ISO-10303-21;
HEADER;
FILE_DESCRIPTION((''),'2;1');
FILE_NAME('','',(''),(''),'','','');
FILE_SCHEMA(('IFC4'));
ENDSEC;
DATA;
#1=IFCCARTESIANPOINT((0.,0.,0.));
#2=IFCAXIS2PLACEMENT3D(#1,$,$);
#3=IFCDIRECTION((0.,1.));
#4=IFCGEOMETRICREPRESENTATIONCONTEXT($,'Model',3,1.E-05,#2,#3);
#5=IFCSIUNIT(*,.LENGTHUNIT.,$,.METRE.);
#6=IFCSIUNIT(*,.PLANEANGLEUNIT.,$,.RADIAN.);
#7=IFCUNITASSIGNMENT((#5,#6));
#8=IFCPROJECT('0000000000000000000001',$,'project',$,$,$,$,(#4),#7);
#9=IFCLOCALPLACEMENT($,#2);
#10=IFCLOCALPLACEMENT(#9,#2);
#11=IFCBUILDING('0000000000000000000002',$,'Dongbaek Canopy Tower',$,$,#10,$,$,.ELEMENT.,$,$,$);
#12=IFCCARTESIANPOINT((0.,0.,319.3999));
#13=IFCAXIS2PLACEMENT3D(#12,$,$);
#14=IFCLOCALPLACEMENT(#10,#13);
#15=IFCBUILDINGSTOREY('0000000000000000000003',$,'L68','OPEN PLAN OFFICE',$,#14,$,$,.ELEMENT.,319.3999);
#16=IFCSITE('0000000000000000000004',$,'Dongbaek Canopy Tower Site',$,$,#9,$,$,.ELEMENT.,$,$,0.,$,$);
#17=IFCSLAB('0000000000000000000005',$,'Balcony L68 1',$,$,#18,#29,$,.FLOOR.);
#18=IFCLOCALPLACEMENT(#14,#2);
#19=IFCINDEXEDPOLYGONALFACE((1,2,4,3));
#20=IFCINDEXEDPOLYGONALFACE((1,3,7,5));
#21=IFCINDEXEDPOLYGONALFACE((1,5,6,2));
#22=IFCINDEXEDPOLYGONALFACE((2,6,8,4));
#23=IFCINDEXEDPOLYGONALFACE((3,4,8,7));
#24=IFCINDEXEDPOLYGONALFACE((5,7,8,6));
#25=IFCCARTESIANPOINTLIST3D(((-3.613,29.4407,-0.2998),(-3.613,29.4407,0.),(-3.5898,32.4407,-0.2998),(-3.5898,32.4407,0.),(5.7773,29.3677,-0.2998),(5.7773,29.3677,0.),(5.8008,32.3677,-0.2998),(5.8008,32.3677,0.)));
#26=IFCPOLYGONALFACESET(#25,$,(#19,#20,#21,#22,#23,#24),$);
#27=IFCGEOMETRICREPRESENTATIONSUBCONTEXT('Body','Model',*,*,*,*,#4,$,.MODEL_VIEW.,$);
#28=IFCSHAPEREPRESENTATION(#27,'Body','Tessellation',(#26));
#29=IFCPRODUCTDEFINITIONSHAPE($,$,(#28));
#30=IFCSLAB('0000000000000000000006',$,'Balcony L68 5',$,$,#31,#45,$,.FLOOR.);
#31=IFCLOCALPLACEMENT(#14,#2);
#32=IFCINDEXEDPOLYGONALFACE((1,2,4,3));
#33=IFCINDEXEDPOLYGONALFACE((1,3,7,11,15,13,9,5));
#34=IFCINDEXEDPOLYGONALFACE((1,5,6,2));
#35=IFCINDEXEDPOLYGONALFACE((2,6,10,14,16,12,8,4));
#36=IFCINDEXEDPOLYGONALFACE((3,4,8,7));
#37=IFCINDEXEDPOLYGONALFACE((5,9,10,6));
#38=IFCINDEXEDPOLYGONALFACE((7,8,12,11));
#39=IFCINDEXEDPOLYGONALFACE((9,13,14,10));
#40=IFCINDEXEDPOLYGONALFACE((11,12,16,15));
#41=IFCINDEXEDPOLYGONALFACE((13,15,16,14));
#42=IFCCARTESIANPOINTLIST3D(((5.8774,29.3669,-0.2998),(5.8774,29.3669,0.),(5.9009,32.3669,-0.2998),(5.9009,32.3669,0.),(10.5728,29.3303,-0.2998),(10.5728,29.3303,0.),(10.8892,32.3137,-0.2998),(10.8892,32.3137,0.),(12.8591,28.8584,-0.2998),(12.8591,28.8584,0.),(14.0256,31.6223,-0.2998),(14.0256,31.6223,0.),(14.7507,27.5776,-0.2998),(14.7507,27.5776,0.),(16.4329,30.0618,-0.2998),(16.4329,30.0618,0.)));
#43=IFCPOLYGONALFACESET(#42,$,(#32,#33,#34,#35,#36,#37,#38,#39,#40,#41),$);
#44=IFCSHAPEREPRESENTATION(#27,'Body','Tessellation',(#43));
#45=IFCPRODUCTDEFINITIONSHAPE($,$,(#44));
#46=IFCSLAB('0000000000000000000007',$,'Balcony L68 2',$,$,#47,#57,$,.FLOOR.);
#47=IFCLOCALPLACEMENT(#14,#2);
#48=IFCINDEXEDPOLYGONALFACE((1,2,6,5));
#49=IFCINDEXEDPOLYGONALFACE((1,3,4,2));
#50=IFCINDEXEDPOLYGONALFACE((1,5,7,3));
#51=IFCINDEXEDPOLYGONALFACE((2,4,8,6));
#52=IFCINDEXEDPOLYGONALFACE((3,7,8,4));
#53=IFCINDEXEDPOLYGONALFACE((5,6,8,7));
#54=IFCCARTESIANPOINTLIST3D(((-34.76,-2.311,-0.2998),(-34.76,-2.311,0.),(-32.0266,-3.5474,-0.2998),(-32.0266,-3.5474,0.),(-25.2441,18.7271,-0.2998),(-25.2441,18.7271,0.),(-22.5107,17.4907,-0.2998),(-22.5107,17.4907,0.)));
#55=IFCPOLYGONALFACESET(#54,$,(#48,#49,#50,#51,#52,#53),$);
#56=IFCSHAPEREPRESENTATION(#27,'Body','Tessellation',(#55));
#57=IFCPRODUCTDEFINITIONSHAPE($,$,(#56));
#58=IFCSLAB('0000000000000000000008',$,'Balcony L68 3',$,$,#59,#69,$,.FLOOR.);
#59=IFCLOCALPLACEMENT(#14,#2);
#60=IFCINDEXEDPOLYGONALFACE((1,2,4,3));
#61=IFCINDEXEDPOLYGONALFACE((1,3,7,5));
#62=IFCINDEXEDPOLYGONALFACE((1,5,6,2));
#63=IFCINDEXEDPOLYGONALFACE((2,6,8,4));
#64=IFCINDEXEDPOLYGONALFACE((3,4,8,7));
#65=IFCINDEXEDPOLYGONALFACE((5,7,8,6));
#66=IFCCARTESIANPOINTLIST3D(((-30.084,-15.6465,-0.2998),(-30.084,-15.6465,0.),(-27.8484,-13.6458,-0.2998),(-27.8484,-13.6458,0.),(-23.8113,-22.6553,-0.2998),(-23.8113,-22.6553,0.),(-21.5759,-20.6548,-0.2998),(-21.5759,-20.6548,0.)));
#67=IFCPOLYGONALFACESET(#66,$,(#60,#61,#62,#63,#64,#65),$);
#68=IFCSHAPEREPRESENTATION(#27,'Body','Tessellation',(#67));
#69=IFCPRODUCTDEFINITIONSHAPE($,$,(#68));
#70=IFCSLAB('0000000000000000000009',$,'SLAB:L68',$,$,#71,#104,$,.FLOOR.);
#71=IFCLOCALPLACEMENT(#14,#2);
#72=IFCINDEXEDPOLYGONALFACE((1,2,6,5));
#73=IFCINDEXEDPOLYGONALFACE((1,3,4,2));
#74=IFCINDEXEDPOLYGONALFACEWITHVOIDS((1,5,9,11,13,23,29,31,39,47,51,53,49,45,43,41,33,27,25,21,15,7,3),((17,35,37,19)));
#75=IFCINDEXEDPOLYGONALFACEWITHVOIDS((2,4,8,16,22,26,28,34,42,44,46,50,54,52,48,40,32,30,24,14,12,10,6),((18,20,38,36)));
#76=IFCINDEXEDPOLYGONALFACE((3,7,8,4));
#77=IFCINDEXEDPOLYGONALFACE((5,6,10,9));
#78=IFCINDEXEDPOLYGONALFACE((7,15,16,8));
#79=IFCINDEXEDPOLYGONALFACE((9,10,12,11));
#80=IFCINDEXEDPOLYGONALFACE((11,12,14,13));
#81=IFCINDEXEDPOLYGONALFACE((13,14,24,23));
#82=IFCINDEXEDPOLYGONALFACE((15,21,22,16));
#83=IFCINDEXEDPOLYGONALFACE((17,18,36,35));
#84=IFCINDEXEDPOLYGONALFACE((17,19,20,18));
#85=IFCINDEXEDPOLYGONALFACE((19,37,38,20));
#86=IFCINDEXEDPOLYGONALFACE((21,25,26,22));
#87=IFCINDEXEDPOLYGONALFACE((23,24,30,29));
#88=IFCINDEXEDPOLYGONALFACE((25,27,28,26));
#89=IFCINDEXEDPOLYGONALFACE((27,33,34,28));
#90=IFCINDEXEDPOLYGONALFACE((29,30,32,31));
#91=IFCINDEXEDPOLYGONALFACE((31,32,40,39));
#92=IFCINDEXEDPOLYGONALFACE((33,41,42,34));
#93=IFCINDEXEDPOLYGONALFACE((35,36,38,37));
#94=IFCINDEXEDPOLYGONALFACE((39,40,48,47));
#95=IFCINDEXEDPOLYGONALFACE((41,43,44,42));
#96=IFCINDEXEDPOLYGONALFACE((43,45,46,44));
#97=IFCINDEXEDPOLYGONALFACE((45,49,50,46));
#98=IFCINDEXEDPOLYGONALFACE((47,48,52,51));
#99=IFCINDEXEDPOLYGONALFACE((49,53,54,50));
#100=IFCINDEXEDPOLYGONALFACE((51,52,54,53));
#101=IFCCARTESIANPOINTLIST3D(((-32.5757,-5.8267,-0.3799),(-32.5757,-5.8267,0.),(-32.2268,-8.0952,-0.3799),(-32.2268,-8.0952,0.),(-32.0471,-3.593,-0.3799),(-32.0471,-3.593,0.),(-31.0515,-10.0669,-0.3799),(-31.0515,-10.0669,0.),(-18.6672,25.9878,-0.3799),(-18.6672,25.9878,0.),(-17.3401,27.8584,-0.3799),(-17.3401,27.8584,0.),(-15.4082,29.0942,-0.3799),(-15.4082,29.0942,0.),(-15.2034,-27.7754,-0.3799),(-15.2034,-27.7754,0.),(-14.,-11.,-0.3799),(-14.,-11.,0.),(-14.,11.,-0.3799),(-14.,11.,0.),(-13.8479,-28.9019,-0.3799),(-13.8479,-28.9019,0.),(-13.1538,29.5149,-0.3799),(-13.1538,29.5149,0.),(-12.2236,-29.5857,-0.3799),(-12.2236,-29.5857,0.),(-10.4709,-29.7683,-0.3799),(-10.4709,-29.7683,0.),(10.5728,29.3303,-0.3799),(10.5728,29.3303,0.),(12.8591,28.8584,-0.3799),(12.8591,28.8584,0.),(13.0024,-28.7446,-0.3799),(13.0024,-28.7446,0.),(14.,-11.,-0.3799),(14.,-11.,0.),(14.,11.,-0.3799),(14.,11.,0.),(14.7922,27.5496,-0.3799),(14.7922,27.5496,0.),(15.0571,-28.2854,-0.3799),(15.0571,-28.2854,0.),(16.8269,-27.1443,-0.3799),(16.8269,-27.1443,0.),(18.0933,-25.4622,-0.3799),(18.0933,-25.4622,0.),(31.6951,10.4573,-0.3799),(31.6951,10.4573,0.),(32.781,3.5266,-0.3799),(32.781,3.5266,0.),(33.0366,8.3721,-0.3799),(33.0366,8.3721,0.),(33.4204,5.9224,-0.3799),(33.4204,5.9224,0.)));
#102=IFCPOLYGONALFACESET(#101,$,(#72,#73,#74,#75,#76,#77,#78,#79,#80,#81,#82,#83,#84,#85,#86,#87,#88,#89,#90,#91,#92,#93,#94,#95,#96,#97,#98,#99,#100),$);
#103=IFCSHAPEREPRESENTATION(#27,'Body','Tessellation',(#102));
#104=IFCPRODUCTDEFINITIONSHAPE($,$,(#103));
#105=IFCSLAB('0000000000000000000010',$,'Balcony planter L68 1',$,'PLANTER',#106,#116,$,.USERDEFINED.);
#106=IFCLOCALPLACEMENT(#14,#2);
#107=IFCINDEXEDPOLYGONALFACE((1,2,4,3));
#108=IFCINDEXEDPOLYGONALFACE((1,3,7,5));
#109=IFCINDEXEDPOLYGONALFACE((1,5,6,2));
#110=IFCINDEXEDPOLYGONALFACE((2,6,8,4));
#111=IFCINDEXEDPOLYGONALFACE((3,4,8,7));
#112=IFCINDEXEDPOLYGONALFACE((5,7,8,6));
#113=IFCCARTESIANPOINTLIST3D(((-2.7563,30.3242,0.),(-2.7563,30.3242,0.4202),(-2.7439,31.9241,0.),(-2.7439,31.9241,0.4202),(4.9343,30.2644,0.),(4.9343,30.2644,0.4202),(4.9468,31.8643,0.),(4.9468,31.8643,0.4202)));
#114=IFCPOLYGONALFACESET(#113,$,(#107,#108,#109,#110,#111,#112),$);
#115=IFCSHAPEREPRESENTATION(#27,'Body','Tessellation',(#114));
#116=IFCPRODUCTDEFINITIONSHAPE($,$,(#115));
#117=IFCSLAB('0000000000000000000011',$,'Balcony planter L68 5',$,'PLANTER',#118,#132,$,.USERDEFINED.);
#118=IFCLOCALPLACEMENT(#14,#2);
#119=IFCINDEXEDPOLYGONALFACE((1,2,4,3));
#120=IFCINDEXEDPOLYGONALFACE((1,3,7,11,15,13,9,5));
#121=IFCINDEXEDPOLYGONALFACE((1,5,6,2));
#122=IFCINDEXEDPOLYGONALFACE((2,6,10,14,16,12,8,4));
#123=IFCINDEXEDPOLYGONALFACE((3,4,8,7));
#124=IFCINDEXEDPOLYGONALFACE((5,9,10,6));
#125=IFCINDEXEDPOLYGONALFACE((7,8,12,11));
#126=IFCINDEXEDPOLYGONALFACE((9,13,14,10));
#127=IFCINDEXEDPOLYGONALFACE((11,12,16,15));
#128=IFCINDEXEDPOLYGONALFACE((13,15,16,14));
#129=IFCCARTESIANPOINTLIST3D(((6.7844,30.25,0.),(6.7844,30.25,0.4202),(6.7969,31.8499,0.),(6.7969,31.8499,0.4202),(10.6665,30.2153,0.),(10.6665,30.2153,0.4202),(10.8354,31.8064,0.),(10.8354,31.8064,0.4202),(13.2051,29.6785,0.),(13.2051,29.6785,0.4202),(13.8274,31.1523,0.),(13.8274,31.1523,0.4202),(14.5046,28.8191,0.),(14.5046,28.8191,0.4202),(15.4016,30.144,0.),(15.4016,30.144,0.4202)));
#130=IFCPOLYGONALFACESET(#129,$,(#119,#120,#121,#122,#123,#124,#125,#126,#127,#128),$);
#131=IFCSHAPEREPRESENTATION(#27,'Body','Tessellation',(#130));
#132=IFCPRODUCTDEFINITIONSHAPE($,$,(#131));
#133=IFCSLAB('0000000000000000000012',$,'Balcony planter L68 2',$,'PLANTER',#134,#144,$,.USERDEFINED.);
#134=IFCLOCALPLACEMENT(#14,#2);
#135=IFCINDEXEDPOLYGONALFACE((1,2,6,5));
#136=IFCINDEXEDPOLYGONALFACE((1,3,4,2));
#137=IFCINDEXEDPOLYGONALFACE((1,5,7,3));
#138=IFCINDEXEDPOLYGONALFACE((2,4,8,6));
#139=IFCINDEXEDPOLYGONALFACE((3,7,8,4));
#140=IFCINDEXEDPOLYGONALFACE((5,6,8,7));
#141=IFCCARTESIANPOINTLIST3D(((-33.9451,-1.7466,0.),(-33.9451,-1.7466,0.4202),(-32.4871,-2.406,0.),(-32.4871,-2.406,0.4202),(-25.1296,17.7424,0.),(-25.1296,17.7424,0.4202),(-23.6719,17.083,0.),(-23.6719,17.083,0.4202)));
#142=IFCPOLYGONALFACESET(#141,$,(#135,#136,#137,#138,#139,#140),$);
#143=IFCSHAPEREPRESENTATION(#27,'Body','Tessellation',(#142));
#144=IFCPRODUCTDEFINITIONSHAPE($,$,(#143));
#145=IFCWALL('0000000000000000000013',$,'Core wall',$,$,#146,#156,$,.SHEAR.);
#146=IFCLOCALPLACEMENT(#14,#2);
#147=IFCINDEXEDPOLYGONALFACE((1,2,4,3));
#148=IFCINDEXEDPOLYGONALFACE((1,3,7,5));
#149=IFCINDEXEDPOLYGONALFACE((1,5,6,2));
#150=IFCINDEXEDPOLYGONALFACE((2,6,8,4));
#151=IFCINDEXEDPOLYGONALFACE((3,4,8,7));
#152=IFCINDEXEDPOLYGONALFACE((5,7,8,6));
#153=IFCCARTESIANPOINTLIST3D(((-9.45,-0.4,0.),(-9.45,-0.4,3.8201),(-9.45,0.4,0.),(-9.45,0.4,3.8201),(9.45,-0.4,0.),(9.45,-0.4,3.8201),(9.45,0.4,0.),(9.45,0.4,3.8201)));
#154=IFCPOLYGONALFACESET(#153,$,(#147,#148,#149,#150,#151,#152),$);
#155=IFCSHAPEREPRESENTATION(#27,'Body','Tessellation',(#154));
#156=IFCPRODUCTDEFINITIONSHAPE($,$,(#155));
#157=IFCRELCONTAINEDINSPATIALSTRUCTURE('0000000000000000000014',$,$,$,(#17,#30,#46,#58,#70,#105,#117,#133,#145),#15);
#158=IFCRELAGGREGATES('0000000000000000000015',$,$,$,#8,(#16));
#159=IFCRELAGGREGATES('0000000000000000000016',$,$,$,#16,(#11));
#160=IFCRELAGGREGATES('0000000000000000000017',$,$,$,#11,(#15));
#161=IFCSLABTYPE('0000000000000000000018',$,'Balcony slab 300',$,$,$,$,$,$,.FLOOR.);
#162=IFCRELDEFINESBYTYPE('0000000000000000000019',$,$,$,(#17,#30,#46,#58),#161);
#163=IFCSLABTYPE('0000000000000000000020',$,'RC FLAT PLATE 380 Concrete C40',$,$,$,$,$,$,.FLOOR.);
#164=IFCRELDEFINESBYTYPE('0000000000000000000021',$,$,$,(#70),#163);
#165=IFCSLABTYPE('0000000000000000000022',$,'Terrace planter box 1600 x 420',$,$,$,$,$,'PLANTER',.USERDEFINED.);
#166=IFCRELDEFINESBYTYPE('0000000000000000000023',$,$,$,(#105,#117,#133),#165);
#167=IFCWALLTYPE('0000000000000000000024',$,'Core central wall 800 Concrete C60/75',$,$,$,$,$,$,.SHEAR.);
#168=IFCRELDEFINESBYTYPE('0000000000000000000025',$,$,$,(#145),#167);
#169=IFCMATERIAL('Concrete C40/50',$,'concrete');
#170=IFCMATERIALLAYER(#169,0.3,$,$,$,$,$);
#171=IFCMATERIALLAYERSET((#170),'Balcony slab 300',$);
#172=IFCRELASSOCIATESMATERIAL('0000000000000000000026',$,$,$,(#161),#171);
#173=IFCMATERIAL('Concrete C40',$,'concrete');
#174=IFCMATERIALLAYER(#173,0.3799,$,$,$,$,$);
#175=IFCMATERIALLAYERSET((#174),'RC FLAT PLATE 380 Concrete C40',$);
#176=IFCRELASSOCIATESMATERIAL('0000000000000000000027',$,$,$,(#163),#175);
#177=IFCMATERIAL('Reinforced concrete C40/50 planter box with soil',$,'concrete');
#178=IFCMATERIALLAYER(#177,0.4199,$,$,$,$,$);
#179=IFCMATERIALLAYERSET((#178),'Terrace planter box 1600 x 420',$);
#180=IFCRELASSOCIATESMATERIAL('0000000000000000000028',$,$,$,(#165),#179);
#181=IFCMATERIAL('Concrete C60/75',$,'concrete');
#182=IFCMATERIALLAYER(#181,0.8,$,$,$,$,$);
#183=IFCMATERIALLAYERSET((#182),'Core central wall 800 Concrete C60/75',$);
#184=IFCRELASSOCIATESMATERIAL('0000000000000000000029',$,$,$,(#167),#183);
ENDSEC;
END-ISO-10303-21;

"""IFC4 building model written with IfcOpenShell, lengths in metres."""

from ifc_helpers import new_model, si_unit, direction, frame, frame_2d, origin, place, context, subcontext, project, spatial, polyline, rectangle, outline, extrude, material, layer, layer_set, type_object, element, save


model = new_model("IFC4")

# Units and contexts
model_context = context("Model", 3, precision=1e-05, world=origin(), true_north=direction((0.0, 1.0)))
body_context = subcontext(model_context, "Body", "Model", "MODEL_VIEW")
ifc_project = project(units=[si_unit("LENGTHUNIT", "METRE"), si_unit("PLANEANGLEUNIT", "RADIAN")], contexts=[model_context])

# Site, building, storey
site_placement = place(None, origin())
site = spatial("IfcSite", under=ifc_project, at=site_placement, Name="Dongbaek Canopy Tower Site", CompositionType="ELEMENT", RefElevation=0.0)
building_placement = place(site_placement, origin())
building = spatial("IfcBuilding", under=site, at=building_placement, Name="Dongbaek Canopy Tower", CompositionType="ELEMENT")
storey_placement = place(building_placement, frame((0.0, 0.0, 319.3999)))
storey = spatial("IfcBuildingStorey", under=building, at=storey_placement, Name="L68", Description="OPEN PLAN OFFICE", CompositionType="ELEMENT", Elevation=319.3999)

# Slabs
ifc_material_1 = material(Name="Concrete C40/50", Category="concrete")
ifc_layer_1 = layer(ifc_material_1, 0.3)
ifc_layer_set_1 = layer_set([ifc_layer_1], Name="Balcony slab 300")
slab_type_1 = type_object("IfcSlabType", Name="Balcony slab 300", PredefinedType="FLOOR", material=ifc_layer_set_1)
slab_1_placement = place(storey_placement, frame((0.0, 0.0, -0.2998)))
element("IfcSlab", 1, at=slab_1_placement, inside=storey, type_object=slab_type_1, Name="Balcony L68 1", PredefinedType="FLOOR", context=body_context, shape_type="SweptSolid", body=[
    extrude(outline(polyline([(5.7773, 29.3677), (-3.613, 29.4407), (-3.5898, 32.4407), (5.8008, 32.3677), (5.7773, 29.3677)])), origin(), (0.0, 0.0, 1.0), 0.2998),
])
slab_2_placement = place(storey_placement, frame((0.0, 0.0, -0.2998)))
element("IfcSlab", 2, at=slab_2_placement, inside=storey, type_object=slab_type_1, Name="Balcony L68 5", PredefinedType="FLOOR", context=body_context, shape_type="SweptSolid", body=[
    extrude(outline(polyline([(14.7507, 27.5776), (12.8591, 28.8584), (10.5728, 29.3303), (5.8774, 29.3669), (5.9009, 32.3669), (10.8892, 32.3137), (14.0256, 31.6223), (16.4329, 30.0618), (14.7507, 27.5776)])), origin(), (0.0, 0.0, 1.0), 0.2998),
])
slab_3_placement = place(storey_placement, frame((0.0, 0.0, -0.2998)))
element("IfcSlab", 3, at=slab_3_placement, inside=storey, type_object=slab_type_1, Name="Balcony L68 2", PredefinedType="FLOOR", context=body_context, shape_type="SweptSolid", body=[
    extrude(outline(polyline([(-22.5107, 17.4907), (-32.0266, -3.5474), (-34.76, -2.311), (-25.2441, 18.7271), (-22.5107, 17.4907)])), origin(), (0.0, 0.0, 1.0), 0.2998),
])
slab_4_placement = place(storey_placement, frame((0.0, 0.0, -0.2998)))
element("IfcSlab", 4, at=slab_4_placement, inside=storey, type_object=slab_type_1, Name="Balcony L68 3", PredefinedType="FLOOR", context=body_context, shape_type="SweptSolid", body=[
    extrude(outline(polyline([(-27.8484, -13.6458), (-21.5759, -20.6548), (-23.8113, -22.6553), (-30.084, -15.6465), (-27.8484, -13.6458)])), origin(), (0.0, 0.0, 1.0), 0.2998),
])
ifc_material_2 = material(Name="Concrete C40", Category="concrete")
ifc_layer_2 = layer(ifc_material_2, 0.3799)
ifc_layer_set_2 = layer_set([ifc_layer_2], Name="RC FLAT PLATE 380 Concrete C40")
slab_type_2 = type_object("IfcSlabType", Name="RC FLAT PLATE 380 Concrete C40", PredefinedType="FLOOR", material=ifc_layer_set_2)
slab_5_placement = place(storey_placement, frame((0.0, 0.0, -0.3799)))
element("IfcSlab", 5, at=slab_5_placement, inside=storey, type_object=slab_type_2, Name="SLAB:L68", PredefinedType="FLOOR", context=body_context, shape_type="SweptSolid", body=[
    extrude(outline(polyline([(18.0933, -25.4622), (16.8269, -27.1443), (15.0571, -28.2854), (13.0024, -28.7446), (-10.4709, -29.7683), (-12.2236, -29.5857), (-13.8479, -28.9019), (-15.2034, -27.7754), (-31.0515, -10.0669), (-32.2268, -8.0952), (-32.5757, -5.8267), (-32.0471, -3.593), (-18.6672, 25.9878), (-17.3401, 27.8584), (-15.4082, 29.0942), (-13.1538, 29.5149), (10.5728, 29.3303), (12.8591, 28.8584), (14.7922, 27.5496), (31.6951, 10.4573), (33.0366, 8.3721), (33.4204, 5.9224), (32.781, 3.5266), (18.0933, -25.4622)]), holes=[polyline([(14.0, 11.0), (-14.0, 11.0), (-14.0, -11.0), (14.0, -11.0), (14.0, 11.0)])]), origin(), (0.0, 0.0, 1.0), 0.3799),
])
ifc_material_3 = material(Name="Reinforced concrete C40/50 planter box with soil", Category="concrete")
ifc_layer_3 = layer(ifc_material_3, 0.4199)
ifc_layer_set_3 = layer_set([ifc_layer_3], Name="Terrace planter box 1600 x 420")
slab_type_3 = type_object("IfcSlabType", Name="Terrace planter box 1600 x 420", ElementType="PLANTER", PredefinedType="USERDEFINED", material=ifc_layer_set_3)
slab_6_placement = place(storey_placement, origin())
element("IfcSlab", 6, at=slab_6_placement, inside=storey, type_object=slab_type_3, Name="Balcony planter L68 1", ObjectType="PLANTER", PredefinedType="USERDEFINED", context=body_context, shape_type="SweptSolid", body=[
    extrude(outline(polyline([(4.9343, 30.2644), (-2.7563, 30.3242), (-2.7439, 31.9241), (4.9468, 31.8643), (4.9343, 30.2644)])), origin(), (0.0, 0.0, 1.0), 0.4202),
])
slab_7_placement = place(storey_placement, origin())
element("IfcSlab", 7, at=slab_7_placement, inside=storey, type_object=slab_type_3, Name="Balcony planter L68 5", ObjectType="PLANTER", PredefinedType="USERDEFINED", context=body_context, shape_type="SweptSolid", body=[
    extrude(outline(polyline([(14.5046, 28.8191), (13.2051, 29.6785), (10.6665, 30.2153), (6.7844, 30.25), (6.7969, 31.8499), (10.8354, 31.8064), (13.8274, 31.1523), (15.4016, 30.144), (14.5046, 28.8191)])), origin(), (0.0, 0.0, 1.0), 0.4202),
])
slab_8_placement = place(storey_placement, origin())
element("IfcSlab", 8, at=slab_8_placement, inside=storey, type_object=slab_type_3, Name="Balcony planter L68 2", ObjectType="PLANTER", PredefinedType="USERDEFINED", context=body_context, shape_type="SweptSolid", body=[
    extrude(outline(polyline([(-23.6719, 17.083), (-32.4871, -2.406), (-33.9451, -1.7466), (-25.1296, 17.7424), (-23.6719, 17.083)])), origin(), (0.0, 0.0, 1.0), 0.4202),
])

# Wall
ifc_material_4 = material(Name="Concrete C60/75", Category="concrete")
ifc_layer_4 = layer(ifc_material_4, 0.8)
ifc_layer_set_4 = layer_set([ifc_layer_4], Name="Core central wall 800 Concrete C60/75")
wall_type_1 = type_object("IfcWallType", Name="Core central wall 800 Concrete C60/75", PredefinedType="SHEAR", material=ifc_layer_set_4)
wall_1_placement = place(storey_placement, frame((-9.45, 0.0, 0.0), z_axis=(0.0, 0.0, 1.0), x_axis=(1.0, 0.0, 0.0)))
element("IfcWall", 9, at=wall_1_placement, inside=storey, type_object=wall_type_1, Name="Core wall", PredefinedType="SHEAR", context=body_context, shape_type="SweptSolid", body=[
    extrude(rectangle(XDim=18.8999, YDim=0.8, at=frame_2d((9.45, 0.0))), origin(), (0.0, 0.0, 1.0), 3.8201),
])

save(model, "model.ifc")
